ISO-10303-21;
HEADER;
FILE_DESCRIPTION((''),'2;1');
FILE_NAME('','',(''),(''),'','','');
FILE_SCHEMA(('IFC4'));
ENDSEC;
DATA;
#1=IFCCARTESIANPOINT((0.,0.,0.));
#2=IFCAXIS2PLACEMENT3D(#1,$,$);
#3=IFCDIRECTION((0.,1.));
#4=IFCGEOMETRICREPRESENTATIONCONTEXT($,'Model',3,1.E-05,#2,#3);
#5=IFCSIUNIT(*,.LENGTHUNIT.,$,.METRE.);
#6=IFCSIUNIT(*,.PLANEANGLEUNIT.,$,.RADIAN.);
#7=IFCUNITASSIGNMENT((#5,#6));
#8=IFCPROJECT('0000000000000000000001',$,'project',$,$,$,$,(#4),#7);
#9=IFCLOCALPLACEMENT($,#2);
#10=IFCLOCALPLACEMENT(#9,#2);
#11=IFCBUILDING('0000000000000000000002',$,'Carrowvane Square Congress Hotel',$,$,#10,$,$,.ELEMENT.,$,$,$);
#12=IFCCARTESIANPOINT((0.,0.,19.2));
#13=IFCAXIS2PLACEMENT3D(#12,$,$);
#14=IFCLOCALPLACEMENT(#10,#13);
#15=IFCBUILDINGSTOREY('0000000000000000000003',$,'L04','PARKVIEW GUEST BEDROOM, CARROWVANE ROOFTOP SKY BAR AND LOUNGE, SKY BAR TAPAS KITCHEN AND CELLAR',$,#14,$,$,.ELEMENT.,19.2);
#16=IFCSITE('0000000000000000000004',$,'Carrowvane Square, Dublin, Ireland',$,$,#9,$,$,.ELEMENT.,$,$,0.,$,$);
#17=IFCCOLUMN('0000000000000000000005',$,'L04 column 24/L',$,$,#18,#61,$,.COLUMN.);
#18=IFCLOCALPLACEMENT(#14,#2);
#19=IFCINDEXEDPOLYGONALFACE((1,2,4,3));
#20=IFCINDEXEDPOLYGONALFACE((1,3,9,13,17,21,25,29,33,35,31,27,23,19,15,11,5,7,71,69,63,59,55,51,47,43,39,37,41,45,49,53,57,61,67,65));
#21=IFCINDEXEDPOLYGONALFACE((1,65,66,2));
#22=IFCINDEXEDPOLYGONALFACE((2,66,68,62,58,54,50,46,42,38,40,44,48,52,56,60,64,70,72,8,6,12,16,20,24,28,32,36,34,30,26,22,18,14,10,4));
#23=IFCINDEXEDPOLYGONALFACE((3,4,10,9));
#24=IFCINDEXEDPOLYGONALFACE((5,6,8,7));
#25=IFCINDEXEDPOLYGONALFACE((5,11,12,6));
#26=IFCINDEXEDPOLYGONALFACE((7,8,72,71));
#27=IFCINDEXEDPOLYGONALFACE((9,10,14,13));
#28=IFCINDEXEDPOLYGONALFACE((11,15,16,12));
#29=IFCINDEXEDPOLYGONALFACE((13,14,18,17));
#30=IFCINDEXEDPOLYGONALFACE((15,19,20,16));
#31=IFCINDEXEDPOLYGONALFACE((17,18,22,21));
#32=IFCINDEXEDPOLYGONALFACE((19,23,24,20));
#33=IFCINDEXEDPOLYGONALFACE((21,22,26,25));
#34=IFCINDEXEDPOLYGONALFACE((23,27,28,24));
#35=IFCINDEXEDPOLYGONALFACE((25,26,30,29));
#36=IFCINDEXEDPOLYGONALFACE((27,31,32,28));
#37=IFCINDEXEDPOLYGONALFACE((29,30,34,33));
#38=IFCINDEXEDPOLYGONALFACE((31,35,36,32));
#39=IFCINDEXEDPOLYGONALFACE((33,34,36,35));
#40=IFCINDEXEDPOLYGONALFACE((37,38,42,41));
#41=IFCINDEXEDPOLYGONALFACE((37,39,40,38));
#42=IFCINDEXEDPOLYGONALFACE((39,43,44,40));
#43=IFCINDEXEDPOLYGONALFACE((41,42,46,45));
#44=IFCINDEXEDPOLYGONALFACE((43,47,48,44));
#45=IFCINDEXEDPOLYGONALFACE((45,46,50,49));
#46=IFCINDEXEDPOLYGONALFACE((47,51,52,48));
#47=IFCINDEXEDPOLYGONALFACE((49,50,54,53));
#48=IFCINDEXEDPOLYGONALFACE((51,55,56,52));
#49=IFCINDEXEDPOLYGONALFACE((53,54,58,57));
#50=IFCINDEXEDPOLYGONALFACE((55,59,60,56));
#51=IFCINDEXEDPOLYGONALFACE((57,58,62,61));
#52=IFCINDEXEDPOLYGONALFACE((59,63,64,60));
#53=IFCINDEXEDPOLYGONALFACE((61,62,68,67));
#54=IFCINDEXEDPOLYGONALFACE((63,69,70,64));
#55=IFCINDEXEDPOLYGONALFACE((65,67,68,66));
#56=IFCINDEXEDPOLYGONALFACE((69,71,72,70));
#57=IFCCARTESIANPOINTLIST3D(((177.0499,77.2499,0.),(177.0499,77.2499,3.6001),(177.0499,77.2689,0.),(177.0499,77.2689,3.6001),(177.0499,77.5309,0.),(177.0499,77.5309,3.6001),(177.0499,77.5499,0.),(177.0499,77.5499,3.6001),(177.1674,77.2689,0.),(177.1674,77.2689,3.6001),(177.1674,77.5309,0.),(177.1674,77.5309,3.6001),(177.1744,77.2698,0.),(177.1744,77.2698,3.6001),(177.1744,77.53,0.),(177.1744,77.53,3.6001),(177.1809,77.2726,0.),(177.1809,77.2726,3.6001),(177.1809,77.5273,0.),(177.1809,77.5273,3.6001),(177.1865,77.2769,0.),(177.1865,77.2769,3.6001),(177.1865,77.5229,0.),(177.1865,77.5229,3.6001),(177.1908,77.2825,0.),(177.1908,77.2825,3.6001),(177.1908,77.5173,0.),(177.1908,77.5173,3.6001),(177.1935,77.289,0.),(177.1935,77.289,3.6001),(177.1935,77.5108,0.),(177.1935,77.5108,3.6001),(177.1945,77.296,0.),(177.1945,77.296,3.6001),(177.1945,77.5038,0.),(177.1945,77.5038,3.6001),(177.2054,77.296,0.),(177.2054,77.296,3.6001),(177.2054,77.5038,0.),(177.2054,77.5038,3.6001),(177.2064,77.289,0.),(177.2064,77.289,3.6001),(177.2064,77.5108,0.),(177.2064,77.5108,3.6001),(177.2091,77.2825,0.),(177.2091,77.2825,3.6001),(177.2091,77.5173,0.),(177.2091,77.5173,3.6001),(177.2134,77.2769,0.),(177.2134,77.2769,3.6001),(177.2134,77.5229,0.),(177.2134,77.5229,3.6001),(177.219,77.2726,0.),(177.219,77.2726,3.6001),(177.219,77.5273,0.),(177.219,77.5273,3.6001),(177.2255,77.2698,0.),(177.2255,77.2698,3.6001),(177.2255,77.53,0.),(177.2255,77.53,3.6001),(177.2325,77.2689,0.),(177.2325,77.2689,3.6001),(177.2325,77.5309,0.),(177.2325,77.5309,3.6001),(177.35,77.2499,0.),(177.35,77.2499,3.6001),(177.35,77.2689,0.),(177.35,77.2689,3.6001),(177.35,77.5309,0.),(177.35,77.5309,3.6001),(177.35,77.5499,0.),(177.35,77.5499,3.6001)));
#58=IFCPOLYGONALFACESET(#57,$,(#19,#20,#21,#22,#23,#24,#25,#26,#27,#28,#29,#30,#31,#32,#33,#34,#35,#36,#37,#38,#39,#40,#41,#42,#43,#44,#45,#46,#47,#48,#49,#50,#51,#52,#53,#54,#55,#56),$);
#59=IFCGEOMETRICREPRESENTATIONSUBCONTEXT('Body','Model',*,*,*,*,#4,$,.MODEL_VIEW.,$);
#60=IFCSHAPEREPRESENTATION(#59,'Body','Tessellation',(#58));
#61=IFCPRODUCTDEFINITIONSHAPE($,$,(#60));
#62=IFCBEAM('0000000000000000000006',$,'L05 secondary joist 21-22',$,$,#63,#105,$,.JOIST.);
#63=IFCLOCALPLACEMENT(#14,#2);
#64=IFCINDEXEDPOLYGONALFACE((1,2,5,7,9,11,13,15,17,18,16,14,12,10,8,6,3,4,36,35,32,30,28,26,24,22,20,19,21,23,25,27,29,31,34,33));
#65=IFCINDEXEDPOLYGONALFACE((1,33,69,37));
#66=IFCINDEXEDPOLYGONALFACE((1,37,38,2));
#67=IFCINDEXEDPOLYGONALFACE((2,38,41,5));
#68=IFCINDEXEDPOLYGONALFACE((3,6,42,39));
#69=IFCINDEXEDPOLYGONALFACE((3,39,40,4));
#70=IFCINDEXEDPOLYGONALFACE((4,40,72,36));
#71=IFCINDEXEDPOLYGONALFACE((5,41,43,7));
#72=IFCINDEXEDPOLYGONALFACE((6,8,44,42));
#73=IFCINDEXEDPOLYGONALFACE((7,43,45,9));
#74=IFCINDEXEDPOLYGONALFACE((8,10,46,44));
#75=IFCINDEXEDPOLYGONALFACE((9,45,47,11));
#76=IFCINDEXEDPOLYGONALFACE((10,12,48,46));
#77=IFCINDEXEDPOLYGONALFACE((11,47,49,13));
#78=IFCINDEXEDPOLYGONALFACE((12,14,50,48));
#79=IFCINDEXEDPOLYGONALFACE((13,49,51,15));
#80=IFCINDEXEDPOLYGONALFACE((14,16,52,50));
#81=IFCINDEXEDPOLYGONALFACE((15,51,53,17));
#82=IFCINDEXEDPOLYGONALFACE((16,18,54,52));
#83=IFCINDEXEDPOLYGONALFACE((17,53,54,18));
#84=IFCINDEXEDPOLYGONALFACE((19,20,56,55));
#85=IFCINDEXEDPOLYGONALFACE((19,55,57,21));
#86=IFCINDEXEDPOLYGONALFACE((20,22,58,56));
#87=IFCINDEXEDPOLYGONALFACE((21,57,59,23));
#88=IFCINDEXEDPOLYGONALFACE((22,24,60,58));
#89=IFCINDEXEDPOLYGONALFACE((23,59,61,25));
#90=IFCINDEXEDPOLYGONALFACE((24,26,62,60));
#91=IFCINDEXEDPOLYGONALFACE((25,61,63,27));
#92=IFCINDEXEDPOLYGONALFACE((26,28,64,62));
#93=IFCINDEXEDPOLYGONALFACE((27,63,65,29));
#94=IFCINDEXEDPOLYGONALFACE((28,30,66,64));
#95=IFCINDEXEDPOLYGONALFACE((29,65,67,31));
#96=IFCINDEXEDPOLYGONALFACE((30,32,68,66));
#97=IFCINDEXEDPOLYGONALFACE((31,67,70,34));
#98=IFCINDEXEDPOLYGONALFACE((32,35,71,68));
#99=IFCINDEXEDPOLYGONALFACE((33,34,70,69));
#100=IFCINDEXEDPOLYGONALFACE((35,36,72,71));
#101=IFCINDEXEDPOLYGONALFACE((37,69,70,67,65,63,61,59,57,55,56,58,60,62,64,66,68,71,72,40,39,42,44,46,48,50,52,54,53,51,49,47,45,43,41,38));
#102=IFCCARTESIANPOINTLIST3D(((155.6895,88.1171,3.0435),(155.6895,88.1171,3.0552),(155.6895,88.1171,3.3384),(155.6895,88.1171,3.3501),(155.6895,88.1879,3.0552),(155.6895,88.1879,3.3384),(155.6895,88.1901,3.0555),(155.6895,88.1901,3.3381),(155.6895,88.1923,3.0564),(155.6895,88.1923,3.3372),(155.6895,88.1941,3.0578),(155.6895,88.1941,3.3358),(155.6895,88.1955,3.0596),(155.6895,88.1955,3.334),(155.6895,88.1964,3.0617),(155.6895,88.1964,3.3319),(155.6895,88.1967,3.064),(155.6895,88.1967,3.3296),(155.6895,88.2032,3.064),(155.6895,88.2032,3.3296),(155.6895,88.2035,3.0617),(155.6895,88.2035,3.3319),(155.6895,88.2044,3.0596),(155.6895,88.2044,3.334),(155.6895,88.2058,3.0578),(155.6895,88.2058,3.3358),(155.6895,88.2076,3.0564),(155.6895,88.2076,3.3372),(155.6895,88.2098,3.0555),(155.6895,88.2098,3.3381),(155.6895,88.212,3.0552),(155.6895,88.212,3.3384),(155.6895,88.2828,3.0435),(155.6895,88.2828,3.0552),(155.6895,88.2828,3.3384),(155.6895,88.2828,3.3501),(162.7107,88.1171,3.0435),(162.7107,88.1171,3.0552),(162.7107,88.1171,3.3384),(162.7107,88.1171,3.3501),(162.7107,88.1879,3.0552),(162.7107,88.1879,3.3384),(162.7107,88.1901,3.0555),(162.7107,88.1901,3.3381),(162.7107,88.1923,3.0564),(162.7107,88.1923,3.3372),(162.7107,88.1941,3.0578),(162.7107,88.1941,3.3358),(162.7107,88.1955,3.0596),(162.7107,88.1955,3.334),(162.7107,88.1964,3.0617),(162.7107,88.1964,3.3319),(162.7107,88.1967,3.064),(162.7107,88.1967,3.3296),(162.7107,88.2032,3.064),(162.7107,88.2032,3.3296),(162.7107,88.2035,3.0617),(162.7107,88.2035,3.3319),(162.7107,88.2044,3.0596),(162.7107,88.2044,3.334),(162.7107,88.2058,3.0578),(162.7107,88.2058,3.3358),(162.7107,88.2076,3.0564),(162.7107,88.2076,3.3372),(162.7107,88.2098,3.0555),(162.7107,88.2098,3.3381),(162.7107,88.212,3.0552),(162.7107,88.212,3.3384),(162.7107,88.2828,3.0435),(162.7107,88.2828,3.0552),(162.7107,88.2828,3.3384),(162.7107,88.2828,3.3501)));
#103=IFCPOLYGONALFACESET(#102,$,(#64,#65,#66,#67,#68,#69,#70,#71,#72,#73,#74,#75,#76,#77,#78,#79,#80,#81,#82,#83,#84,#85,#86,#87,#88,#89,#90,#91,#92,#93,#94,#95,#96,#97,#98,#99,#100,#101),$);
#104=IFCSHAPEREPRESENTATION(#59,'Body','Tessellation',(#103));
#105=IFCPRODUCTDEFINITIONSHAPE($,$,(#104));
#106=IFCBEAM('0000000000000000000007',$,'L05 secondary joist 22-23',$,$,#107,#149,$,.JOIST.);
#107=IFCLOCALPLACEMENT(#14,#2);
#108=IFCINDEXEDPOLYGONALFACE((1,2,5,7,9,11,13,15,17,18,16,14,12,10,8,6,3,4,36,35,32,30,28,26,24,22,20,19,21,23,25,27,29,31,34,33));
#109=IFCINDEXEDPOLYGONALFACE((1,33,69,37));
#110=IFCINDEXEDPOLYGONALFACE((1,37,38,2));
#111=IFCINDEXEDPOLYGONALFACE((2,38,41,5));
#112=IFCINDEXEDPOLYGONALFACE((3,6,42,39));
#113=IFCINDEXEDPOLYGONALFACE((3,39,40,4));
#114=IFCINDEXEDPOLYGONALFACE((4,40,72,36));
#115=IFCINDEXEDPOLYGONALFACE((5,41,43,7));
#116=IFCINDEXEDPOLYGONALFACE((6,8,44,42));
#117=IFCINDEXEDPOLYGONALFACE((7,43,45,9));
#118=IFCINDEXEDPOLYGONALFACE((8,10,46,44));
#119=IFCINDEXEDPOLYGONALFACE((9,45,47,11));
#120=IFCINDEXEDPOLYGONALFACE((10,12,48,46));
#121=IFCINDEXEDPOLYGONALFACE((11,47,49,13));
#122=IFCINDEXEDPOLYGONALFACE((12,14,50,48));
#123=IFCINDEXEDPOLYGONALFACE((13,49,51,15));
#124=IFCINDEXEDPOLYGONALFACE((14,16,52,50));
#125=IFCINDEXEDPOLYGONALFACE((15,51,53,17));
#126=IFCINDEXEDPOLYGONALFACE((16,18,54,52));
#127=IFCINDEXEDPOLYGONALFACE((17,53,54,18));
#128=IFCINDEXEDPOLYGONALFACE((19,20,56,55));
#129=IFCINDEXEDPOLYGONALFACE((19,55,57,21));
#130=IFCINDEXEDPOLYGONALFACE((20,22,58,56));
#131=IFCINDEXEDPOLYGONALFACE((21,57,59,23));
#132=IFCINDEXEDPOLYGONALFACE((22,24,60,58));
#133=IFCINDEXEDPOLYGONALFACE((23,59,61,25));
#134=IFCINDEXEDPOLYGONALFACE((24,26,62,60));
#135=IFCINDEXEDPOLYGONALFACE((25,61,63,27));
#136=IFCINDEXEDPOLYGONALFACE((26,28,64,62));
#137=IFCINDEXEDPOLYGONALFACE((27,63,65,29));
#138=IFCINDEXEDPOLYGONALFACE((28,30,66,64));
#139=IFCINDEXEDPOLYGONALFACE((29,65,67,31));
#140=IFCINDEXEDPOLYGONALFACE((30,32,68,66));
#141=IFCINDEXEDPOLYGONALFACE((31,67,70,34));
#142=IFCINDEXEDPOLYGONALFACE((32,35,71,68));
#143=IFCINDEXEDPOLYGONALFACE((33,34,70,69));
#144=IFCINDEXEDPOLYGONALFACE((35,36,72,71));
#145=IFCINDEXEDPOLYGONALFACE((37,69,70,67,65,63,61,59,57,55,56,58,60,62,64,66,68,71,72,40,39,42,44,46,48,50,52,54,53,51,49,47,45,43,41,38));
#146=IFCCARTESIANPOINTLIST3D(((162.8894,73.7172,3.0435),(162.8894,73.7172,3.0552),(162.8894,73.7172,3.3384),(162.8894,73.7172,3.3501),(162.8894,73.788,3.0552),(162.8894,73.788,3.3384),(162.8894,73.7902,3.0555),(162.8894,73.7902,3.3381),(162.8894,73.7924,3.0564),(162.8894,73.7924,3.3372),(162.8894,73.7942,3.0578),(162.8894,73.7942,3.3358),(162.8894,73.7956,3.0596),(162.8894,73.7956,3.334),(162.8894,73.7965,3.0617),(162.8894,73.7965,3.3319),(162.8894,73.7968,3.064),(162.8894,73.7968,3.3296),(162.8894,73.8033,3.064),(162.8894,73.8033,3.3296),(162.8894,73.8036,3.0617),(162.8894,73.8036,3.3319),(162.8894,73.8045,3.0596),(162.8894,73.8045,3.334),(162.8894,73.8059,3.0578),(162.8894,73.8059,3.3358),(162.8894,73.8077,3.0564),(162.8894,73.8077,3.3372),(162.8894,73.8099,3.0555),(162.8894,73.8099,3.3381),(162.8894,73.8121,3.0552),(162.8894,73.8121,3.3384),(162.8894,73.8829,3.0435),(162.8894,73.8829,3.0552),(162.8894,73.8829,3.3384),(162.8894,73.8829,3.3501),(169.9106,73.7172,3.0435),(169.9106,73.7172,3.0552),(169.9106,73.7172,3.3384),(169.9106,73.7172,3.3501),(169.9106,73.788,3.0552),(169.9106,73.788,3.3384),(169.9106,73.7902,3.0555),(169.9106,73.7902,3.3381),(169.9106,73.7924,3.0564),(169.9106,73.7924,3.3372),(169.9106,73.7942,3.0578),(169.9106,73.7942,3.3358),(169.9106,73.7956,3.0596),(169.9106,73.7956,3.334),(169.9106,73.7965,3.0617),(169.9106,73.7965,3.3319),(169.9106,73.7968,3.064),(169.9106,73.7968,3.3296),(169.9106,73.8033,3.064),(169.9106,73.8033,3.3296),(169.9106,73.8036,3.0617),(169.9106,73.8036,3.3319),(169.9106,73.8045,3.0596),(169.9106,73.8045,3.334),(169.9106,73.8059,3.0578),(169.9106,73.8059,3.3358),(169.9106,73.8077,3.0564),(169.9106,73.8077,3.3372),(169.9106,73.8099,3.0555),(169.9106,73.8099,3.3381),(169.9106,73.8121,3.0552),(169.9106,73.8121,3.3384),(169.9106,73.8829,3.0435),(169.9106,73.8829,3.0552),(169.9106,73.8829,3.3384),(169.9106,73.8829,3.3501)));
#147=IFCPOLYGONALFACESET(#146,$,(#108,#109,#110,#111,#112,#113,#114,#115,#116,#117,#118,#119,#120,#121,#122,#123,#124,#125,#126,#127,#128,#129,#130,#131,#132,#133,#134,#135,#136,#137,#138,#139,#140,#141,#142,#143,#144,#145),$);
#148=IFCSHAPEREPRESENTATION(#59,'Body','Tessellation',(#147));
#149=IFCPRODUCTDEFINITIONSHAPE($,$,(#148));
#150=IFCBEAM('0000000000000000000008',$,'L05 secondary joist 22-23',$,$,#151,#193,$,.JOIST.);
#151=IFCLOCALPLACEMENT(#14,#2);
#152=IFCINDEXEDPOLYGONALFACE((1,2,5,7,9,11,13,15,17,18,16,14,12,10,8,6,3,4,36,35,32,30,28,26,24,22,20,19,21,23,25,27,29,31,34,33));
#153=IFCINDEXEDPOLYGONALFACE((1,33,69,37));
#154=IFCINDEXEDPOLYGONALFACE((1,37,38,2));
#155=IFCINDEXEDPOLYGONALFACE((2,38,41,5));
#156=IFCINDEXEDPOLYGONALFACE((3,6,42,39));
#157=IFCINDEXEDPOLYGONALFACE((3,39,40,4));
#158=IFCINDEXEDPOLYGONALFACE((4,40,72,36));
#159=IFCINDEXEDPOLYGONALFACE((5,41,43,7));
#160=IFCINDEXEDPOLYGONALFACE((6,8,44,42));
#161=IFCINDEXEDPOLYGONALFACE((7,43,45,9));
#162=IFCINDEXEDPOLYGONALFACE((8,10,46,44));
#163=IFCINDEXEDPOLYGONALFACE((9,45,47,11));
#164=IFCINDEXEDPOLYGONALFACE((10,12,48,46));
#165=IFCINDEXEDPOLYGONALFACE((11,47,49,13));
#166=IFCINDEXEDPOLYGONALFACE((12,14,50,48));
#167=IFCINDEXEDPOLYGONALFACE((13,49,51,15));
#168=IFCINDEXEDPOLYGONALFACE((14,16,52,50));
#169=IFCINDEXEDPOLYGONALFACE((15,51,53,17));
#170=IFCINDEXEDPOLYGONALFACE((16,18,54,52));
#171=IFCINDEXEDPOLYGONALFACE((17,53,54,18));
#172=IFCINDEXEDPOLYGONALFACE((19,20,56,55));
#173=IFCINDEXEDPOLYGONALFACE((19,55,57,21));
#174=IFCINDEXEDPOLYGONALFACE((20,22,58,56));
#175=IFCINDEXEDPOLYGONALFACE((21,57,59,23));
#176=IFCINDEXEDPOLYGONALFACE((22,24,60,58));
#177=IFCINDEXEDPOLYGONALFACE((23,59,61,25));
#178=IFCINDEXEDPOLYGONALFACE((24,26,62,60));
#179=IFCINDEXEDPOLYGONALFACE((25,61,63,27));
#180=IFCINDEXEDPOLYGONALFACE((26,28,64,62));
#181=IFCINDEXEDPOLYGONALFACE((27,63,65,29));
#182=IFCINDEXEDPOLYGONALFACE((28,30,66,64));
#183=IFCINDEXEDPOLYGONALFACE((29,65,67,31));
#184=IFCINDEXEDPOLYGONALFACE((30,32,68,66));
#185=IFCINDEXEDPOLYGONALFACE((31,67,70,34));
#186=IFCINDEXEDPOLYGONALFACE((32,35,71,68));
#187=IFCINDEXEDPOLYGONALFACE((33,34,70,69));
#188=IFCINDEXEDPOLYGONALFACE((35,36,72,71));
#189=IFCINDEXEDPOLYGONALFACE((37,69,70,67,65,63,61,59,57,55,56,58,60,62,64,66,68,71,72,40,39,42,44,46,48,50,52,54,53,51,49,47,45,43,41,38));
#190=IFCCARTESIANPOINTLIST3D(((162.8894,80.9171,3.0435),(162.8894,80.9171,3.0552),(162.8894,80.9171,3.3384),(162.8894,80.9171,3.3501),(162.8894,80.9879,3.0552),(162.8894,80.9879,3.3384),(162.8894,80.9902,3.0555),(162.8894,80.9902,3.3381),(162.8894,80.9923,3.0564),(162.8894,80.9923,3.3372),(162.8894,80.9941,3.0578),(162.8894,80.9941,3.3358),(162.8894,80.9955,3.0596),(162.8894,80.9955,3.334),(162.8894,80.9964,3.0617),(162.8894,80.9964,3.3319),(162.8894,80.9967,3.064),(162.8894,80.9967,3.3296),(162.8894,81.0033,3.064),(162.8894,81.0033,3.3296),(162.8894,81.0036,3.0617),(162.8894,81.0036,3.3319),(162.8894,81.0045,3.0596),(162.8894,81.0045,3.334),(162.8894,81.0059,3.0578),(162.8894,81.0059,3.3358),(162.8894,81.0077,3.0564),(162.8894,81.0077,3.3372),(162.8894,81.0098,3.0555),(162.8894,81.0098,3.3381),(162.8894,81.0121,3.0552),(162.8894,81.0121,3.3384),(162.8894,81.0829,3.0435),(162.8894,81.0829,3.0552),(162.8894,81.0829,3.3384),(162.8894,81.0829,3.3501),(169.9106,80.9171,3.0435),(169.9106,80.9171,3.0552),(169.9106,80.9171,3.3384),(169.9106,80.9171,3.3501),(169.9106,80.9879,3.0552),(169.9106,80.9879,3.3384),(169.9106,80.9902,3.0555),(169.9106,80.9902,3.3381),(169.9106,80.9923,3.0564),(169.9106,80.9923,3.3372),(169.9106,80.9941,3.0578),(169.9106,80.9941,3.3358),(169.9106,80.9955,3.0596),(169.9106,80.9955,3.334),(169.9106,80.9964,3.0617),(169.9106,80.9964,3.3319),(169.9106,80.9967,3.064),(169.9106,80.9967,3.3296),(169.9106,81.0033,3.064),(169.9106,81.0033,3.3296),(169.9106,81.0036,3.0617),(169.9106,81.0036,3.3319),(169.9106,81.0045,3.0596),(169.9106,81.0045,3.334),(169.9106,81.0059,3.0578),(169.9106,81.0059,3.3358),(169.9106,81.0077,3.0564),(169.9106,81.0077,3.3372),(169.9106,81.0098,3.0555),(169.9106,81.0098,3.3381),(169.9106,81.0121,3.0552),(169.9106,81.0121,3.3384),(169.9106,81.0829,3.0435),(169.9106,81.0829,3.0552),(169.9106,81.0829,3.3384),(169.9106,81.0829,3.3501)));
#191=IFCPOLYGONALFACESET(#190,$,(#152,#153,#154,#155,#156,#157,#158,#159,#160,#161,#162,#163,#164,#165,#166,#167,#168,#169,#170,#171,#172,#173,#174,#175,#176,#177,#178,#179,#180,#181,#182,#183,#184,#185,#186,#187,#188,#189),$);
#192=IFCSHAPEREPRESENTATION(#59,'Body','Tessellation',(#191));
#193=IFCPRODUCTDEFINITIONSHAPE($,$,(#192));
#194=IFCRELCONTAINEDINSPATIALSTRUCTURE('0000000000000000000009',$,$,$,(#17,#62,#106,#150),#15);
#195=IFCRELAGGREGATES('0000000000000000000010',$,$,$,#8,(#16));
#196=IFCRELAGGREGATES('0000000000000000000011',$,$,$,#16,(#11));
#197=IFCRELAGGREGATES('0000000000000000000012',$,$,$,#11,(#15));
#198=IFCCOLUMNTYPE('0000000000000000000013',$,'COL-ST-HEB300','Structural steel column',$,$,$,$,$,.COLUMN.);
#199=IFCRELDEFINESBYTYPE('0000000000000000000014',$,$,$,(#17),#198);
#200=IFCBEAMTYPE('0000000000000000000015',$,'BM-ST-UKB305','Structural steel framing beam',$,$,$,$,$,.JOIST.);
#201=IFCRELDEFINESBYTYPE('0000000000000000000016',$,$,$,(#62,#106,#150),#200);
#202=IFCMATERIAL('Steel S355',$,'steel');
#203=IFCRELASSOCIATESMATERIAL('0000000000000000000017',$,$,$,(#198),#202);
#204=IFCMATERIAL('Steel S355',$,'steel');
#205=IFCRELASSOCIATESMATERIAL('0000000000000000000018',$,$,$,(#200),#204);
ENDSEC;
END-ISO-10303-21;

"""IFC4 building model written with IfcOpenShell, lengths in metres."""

from ifc_helpers import new_model, si_unit, direction, frame, origin, origin_2d, place, context, subcontext, project, spatial, i_section, extrude, material, material_profile, profile_set, type_object, element, save


model = new_model("IFC4")

# Units and contexts
model_context = context("Model", 3, precision=1e-05, world=origin(), true_north=direction((0.0, 1.0)))
body_context = subcontext(model_context, "Body", "Model", "MODEL_VIEW")
ifc_project = project(units=[si_unit("LENGTHUNIT", "METRE"), si_unit("PLANEANGLEUNIT", "RADIAN")], contexts=[model_context])

# Site, building, storey
site_placement = place(None, origin())
site = spatial("IfcSite", under=ifc_project, at=site_placement, Name="Carrowvane Square, Dublin, Ireland", CompositionType="ELEMENT", RefElevation=0.0)
building_placement = place(site_placement, origin())
building = spatial("IfcBuilding", under=site, at=building_placement, Name="Carrowvane Square Congress Hotel", CompositionType="ELEMENT")
storey_placement = place(building_placement, frame((0.0, 0.0, 19.2)))
storey = spatial("IfcBuildingStorey", under=building, at=storey_placement, Name="L04", Description="PARKVIEW GUEST BEDROOM, CARROWVANE ROOFTOP SKY BAR AND LOUNGE, SKY BAR TAPAS KITCHEN AND CELLAR", CompositionType="ELEMENT", Elevation=19.2)

# Column
ifc_material_1 = material(Name="Steel S355", Category="steel")
ifc_material_profile_1 = material_profile(ifc_material_1, i_section(OverallWidth=0.3, OverallDepth=0.3, WebThickness=0.011, FlangeThickness=0.019, FilletRadius=0.0271, at=origin_2d()), Name="HEB 300")
ifc_profile_set_1 = profile_set([ifc_material_profile_1], Name="Steel S355")
column_type = type_object("IfcColumnType", Name="COL-ST-HEB300", Description="Structural steel column", PredefinedType="COLUMN", material=ifc_profile_set_1)
for number, where, z_axis, x_axis, name in (
    (1, (177.2, 77.3999, 0.0), (0.0, 0.0, 1.0), (1.0, 0.0, 0.0), "L04 column 24/L"),
):
    element("IfcColumn", number, at=place(storey_placement, frame(where, z_axis=z_axis, x_axis=x_axis)), inside=storey, type_object=column_type, Name=name, PredefinedType="COLUMN", context=body_context, shape_type="SweptSolid", body=[
        extrude(i_section(OverallWidth=0.3, OverallDepth=0.3, WebThickness=0.011, FlangeThickness=0.019, FilletRadius=0.0271, at=origin_2d()), origin(), (0.0, 0.0, 1.0), 3.6001),
    ])

# Beams
ifc_material_2 = material(Name="Steel S355", Category="steel")
ifc_material_profile_2 = material_profile(ifc_material_2, i_section(OverallWidth=0.1658, OverallDepth=0.3066, WebThickness=0.0066, FlangeThickness=0.0117, FilletRadius=0.0088, at=origin_2d()), Name="UKB 305x165x46")
ifc_profile_set_2 = profile_set([ifc_material_profile_2], Name="Steel S355")
beam_type_1 = type_object("IfcBeamType", Name="BM-ST-UKB305", Description="Structural steel framing beam", PredefinedType="JOIST", material=ifc_profile_set_2)
for number, where, z_axis, x_axis, name in (
    (2, (155.6895, 88.2, 3.1968), (1.0, 0.0, 0.0), (0.0, 1.0, 0.0), "L05 secondary joist 21-22"),
    (3, (162.8894, 73.8, 3.1968), (1.0, 0.0, 0.0), (0.0, 1.0, 0.0), "L05 secondary joist 22-23"),
    (4, (162.8894, 81.0, 3.1968), (1.0, 0.0, 0.0), (0.0, 1.0, 0.0), "L05 secondary joist 22-23"),
):
    element("IfcBeam", number, at=place(storey_placement, frame(where, z_axis=z_axis, x_axis=x_axis)), inside=storey, type_object=beam_type_1, Name=name, PredefinedType="JOIST", context=body_context, shape_type="SweptSolid", body=[
        extrude(i_section(OverallWidth=0.1658, OverallDepth=0.3066, WebThickness=0.0066, FlangeThickness=0.0117, FilletRadius=0.0088, at=origin_2d()), origin(), (0.0, 0.0, 1.0), 7.0212),
    ])

save(model, "model.ifc")
